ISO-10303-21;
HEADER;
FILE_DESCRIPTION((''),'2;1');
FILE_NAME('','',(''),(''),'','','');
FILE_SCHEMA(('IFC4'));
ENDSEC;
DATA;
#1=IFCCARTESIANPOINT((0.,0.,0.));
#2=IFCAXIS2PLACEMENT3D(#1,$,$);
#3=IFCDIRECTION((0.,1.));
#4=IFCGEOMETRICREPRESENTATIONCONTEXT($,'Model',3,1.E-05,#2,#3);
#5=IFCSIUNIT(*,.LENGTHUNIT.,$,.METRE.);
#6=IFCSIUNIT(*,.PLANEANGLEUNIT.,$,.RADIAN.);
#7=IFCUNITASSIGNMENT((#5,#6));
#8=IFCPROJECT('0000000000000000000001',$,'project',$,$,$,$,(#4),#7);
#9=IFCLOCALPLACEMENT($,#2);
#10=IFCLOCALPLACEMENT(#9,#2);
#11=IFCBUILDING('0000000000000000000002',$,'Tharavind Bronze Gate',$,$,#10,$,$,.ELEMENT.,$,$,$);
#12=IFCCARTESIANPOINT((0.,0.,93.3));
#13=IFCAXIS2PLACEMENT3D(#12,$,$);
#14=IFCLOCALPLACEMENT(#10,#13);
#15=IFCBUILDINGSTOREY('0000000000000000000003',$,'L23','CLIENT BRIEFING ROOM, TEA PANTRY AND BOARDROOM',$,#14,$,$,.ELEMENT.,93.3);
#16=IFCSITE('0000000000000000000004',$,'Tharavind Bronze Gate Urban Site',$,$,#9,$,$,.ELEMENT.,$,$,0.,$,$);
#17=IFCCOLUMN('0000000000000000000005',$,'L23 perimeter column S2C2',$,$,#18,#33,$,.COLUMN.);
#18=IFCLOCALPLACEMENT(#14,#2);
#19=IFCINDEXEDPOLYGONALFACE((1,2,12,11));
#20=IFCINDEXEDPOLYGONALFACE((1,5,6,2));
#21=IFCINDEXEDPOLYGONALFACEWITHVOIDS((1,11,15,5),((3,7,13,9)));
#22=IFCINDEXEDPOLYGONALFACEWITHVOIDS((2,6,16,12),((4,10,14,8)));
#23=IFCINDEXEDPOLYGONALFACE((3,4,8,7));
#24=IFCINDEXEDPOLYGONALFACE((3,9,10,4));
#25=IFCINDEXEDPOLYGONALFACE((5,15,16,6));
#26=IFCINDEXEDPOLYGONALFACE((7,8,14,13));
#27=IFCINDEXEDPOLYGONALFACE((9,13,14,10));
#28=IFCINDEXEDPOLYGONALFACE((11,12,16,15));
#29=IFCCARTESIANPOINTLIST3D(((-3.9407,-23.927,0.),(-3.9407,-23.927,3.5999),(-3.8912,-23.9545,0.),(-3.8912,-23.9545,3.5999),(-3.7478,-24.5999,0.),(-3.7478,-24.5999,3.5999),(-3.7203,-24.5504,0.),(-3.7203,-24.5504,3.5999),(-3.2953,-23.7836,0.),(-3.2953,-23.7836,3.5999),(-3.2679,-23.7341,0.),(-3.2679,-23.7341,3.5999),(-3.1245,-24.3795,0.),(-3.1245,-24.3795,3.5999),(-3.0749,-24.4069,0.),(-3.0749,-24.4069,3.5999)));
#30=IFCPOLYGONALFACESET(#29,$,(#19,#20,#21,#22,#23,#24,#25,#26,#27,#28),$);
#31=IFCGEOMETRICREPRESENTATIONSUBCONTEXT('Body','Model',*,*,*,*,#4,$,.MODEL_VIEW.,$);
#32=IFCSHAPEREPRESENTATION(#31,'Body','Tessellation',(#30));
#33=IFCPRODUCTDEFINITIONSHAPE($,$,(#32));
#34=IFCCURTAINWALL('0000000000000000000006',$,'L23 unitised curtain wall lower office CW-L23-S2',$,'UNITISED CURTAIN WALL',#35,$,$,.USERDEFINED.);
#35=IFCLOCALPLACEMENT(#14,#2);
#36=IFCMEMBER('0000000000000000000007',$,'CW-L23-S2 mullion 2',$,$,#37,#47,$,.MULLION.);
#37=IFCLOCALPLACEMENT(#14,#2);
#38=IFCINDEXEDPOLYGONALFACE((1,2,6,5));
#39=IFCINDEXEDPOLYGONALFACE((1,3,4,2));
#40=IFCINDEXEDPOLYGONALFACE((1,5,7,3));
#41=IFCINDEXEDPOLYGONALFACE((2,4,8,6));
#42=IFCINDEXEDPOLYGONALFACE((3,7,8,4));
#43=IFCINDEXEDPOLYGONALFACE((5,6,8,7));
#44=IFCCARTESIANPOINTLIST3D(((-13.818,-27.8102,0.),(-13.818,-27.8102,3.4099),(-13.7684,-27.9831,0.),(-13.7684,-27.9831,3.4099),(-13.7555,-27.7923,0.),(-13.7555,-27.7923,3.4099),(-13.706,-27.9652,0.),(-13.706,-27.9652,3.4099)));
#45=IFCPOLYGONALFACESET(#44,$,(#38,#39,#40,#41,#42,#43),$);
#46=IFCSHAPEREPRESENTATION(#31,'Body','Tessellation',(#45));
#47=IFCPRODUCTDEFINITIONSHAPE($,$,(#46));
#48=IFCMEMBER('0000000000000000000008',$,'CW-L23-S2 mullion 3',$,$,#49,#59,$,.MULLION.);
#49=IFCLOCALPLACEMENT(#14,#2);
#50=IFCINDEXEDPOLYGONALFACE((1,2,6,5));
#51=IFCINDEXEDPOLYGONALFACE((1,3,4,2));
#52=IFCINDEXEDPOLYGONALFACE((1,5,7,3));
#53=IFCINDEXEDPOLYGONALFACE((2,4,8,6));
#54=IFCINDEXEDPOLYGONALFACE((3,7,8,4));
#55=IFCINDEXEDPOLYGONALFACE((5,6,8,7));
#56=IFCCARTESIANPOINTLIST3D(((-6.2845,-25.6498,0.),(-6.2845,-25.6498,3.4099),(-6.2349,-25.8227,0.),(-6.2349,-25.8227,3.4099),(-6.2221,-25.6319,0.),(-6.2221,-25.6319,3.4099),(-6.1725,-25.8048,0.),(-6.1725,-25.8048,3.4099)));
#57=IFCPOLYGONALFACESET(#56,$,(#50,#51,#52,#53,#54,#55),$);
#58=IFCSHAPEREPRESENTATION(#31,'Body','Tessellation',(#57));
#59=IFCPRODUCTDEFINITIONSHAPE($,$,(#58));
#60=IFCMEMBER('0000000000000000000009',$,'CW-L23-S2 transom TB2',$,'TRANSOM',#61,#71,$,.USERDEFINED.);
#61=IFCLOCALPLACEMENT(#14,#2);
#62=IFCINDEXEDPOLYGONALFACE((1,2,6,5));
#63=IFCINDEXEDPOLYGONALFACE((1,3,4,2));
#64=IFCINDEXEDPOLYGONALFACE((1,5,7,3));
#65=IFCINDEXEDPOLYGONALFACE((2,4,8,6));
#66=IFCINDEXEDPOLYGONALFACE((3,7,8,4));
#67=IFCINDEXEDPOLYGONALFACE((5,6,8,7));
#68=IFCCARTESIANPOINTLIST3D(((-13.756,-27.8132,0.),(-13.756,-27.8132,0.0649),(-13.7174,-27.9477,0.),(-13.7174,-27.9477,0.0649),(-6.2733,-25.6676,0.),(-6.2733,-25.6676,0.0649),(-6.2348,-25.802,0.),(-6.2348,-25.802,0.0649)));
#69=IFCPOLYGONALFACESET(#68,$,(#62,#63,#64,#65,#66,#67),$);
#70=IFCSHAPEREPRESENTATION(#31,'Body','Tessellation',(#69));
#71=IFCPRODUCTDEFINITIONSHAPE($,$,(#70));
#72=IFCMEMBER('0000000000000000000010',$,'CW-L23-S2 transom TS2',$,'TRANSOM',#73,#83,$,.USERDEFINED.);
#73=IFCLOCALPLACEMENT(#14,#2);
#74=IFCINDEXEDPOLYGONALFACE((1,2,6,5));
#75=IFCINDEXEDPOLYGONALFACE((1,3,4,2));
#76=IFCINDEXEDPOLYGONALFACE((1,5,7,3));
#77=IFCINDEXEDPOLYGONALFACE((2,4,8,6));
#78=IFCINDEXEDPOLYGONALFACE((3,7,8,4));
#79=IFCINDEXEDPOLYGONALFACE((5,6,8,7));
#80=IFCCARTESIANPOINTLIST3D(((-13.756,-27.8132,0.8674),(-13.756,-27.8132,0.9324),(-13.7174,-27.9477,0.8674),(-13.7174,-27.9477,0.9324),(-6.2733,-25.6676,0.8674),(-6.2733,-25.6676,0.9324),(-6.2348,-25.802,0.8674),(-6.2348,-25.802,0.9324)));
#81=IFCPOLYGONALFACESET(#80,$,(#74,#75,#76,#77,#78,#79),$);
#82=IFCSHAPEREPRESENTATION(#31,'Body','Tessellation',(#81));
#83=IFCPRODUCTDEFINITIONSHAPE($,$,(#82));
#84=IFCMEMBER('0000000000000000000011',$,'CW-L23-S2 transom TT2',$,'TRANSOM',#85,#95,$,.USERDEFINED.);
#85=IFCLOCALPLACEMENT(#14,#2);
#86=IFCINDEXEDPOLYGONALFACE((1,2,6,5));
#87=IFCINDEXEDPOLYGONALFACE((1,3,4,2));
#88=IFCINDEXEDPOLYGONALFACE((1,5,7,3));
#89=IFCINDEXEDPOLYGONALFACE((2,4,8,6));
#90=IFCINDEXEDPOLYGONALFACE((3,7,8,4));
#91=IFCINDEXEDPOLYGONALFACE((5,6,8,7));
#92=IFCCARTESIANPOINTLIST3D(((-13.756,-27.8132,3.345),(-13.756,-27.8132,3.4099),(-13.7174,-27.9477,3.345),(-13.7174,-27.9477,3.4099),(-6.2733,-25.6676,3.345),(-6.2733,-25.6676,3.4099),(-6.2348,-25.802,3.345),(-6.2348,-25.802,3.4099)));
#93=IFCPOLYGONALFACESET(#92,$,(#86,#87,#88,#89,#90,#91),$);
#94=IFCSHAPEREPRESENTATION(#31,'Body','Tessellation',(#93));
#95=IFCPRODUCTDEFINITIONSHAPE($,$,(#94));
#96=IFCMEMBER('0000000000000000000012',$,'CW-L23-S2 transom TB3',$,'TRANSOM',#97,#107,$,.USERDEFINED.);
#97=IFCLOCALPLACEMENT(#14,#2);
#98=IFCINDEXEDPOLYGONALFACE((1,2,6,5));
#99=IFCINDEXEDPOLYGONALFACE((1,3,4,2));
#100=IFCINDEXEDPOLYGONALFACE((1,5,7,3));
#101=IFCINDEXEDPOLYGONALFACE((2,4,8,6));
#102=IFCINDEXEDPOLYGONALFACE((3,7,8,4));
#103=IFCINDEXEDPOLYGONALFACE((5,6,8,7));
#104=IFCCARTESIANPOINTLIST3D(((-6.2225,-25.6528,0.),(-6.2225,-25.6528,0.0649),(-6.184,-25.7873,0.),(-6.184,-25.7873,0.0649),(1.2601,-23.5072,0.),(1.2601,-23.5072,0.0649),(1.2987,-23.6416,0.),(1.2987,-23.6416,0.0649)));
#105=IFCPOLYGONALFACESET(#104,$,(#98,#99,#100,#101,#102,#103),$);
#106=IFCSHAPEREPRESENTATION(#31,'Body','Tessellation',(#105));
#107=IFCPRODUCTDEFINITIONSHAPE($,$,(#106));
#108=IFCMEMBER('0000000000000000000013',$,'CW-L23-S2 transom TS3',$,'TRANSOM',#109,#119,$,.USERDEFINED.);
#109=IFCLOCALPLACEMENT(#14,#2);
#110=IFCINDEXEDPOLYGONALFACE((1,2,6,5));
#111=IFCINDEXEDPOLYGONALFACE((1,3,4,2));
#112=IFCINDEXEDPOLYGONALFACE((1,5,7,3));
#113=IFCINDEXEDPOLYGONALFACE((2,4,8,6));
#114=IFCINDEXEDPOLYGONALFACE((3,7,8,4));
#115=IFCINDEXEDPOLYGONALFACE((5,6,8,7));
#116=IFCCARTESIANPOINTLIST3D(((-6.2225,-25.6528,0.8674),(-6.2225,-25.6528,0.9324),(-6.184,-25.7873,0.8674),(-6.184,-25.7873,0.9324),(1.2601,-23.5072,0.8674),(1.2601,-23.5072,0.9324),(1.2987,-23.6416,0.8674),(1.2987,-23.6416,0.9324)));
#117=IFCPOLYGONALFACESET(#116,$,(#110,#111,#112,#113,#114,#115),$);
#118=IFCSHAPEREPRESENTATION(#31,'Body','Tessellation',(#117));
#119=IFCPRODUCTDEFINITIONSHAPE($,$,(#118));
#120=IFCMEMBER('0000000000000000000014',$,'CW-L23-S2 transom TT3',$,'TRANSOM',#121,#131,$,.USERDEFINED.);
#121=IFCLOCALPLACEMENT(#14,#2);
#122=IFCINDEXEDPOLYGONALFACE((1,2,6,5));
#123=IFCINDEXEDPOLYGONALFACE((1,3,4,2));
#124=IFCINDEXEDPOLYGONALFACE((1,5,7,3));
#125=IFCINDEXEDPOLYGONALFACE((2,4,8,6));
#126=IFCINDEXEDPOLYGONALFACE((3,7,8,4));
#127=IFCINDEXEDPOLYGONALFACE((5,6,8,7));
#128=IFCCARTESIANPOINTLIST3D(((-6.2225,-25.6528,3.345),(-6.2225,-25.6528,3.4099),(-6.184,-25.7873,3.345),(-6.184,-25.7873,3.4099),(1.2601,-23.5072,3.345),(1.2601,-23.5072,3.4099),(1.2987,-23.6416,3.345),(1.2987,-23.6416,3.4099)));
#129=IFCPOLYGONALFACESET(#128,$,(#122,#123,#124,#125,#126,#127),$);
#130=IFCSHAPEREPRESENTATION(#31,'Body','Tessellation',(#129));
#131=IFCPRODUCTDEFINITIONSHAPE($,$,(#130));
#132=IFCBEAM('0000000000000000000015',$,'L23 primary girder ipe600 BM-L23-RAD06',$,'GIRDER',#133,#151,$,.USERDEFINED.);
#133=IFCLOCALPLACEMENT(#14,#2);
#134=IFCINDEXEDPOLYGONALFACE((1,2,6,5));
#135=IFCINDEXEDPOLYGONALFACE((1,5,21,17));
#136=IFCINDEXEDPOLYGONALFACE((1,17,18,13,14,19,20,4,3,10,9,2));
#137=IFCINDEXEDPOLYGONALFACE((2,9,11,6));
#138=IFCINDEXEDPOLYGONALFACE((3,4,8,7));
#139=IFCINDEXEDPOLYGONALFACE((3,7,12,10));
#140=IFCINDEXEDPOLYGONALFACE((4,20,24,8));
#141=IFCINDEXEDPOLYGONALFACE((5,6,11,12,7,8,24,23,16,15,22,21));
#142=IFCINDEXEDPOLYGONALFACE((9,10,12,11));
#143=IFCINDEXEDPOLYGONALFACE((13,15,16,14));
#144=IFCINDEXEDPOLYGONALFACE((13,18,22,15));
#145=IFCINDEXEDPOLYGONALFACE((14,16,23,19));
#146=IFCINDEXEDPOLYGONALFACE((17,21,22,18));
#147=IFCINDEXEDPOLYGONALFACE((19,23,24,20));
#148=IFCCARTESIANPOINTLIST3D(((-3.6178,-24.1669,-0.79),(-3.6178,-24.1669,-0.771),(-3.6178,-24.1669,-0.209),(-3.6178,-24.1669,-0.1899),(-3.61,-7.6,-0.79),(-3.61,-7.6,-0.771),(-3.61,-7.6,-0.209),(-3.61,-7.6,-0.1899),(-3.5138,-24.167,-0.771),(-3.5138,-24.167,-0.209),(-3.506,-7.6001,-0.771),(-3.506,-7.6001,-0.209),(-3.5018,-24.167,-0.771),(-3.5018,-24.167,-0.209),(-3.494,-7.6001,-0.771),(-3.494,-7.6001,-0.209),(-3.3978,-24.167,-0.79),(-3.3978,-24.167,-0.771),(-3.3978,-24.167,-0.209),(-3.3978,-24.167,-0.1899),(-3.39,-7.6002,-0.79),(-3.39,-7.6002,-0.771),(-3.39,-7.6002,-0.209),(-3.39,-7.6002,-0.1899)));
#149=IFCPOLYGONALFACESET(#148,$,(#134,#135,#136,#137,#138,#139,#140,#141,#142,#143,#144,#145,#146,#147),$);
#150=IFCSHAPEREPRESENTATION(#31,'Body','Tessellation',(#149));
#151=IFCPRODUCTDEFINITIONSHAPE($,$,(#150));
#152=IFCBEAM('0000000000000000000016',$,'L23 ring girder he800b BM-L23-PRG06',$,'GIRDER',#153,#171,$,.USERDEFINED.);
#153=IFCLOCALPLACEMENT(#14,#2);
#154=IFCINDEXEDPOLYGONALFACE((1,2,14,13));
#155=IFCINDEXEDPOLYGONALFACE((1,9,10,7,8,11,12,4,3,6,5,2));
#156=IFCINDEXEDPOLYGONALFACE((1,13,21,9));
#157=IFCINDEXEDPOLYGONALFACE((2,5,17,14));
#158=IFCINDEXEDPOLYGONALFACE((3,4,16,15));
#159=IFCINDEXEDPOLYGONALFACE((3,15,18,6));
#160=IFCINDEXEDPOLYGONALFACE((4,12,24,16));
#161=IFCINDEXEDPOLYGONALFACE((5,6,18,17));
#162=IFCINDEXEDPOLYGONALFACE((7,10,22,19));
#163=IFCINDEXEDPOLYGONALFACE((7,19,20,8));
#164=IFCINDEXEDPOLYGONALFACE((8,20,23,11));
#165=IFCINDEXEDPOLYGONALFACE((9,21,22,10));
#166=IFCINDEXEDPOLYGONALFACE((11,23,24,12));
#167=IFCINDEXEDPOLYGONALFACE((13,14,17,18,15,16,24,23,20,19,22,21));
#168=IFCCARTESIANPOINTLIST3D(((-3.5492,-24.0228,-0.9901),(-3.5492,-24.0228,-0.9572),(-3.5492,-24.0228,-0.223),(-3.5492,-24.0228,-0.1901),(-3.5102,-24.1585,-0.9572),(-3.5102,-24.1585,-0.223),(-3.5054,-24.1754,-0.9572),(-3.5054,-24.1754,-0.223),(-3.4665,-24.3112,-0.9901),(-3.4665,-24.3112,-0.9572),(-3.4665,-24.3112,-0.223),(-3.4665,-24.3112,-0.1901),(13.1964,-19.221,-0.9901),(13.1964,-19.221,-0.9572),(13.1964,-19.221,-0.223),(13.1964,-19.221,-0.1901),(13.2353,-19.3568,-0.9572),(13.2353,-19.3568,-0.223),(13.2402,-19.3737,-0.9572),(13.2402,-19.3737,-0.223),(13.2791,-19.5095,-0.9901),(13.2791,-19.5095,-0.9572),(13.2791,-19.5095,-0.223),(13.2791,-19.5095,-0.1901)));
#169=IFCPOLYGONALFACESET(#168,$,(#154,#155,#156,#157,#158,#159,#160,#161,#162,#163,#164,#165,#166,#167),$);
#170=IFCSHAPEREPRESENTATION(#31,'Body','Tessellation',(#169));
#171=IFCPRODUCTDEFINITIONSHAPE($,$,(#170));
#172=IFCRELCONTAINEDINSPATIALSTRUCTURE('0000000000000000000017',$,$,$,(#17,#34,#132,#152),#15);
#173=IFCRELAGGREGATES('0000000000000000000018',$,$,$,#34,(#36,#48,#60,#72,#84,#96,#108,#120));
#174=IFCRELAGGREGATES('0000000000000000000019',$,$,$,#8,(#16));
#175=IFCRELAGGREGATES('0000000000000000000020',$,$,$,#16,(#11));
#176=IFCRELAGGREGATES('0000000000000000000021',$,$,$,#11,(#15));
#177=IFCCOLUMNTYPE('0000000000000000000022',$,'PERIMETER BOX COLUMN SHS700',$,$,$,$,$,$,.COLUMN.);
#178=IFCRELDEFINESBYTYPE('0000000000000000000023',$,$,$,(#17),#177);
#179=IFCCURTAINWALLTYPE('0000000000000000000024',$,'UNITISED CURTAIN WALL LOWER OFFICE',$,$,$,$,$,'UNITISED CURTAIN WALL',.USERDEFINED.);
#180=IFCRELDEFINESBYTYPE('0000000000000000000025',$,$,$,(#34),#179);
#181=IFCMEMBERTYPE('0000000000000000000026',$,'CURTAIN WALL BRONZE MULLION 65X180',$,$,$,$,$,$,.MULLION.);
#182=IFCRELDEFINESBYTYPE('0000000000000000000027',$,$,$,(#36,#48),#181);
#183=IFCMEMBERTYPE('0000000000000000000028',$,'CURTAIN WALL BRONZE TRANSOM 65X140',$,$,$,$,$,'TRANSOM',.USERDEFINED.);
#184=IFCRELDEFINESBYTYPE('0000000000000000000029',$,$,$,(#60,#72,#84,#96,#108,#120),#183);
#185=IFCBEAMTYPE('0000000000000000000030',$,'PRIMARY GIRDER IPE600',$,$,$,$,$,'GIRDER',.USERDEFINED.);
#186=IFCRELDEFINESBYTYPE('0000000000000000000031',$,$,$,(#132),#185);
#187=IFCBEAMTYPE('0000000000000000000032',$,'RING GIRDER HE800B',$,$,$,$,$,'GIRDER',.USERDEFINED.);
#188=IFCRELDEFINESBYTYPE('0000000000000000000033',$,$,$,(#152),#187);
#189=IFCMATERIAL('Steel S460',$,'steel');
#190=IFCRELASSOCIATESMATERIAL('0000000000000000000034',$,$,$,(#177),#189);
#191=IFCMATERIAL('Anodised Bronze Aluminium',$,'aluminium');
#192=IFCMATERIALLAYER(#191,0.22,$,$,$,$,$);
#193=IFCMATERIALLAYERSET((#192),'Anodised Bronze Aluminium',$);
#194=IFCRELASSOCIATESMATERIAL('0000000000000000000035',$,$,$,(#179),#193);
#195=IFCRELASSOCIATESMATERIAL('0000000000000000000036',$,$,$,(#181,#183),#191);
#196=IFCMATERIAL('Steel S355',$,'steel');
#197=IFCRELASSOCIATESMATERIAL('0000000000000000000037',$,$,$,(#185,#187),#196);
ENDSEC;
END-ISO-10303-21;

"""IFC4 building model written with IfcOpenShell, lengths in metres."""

from ifc_helpers import new_model, si_unit, direction, frame, origin, origin_2d, place, context, subcontext, project, spatial, rectangle, hollow_rectangle, i_section, extrude, material, layer, layer_set, material_profile, profile_set, type_object, element, aggregate, save


model = new_model("IFC4")

# Units and contexts
model_context = context("Model", 3, precision=1e-05, world=origin(), true_north=direction((0.0, 1.0)))
body_context = subcontext(model_context, "Body", "Model", "MODEL_VIEW")
ifc_project = project(units=[si_unit("LENGTHUNIT", "METRE"), si_unit("PLANEANGLEUNIT", "RADIAN")], contexts=[model_context])

# Site, building, storey
site_placement = place(None, origin())
site = spatial("IfcSite", under=ifc_project, at=site_placement, Name="Tharavind Bronze Gate Urban Site", CompositionType="ELEMENT", RefElevation=0.0)
building_placement = place(site_placement, origin())
building = spatial("IfcBuilding", under=site, at=building_placement, Name="Tharavind Bronze Gate", CompositionType="ELEMENT")
storey_placement = place(building_placement, frame((0.0, 0.0, 93.3)))
storey = spatial("IfcBuildingStorey", under=building, at=storey_placement, Name="L23", Description="CLIENT BRIEFING ROOM, TEA PANTRY AND BOARDROOM", CompositionType="ELEMENT", Elevation=93.3)

# Column
ifc_material_1 = material(Name="Steel S460", Category="steel")
ifc_material_profile_1 = material_profile(ifc_material_1, hollow_rectangle(XDim=0.7, YDim=0.7, WallThickness=0.04, at=origin_2d()), Name="SHS700X40")
ifc_profile_set_1 = profile_set([ifc_material_profile_1], Name="Steel S460")
column_type = type_object("IfcColumnType", Name="PERIMETER BOX COLUMN SHS700", PredefinedType="COLUMN", material=ifc_profile_set_1)
column_placement = place(storey_placement, frame((-3.5078, -24.167, 0.0), z_axis=(0.0, 0.0, 1.0), x_axis=(0.961262, 0.275637, 0.0)))
element("IfcColumn", 1, at=column_placement, inside=storey, type_object=column_type, Name="L23 perimeter column S2C2", PredefinedType="COLUMN", context=body_context, shape_type="SweptSolid", body=[
    extrude(hollow_rectangle(XDim=0.7, YDim=0.7, WallThickness=0.04, at=origin_2d()), origin(), (0.0, 0.0, 1.0), 3.5999),
])

# Curtain wall, members
ifc_material_2 = material(Name="Anodised Bronze Aluminium", Category="aluminium")
ifc_layer_1 = layer(ifc_material_2, 0.22)
ifc_layer_set_1 = layer_set([ifc_layer_1], Name="Anodised Bronze Aluminium")
curtain_wall_type = type_object("IfcCurtainWallType", Name="UNITISED CURTAIN WALL LOWER OFFICE", ElementType="UNITISED CURTAIN WALL", PredefinedType="USERDEFINED", material=ifc_layer_set_1)
curtain_wall_placement = place(storey_placement, origin())
curtain_wall = element("IfcCurtainWall", 2, at=curtain_wall_placement, inside=storey, type_object=curtain_wall_type, Name="L23 unitised curtain wall lower office CW-L23-S2", ObjectType="UNITISED CURTAIN WALL", PredefinedType="USERDEFINED")
member_type_1 = type_object("IfcMemberType", Name="CURTAIN WALL BRONZE MULLION 65X180", PredefinedType="MULLION", material=ifc_material_2)
member_1_placement = place(storey_placement, frame((-13.762, -27.8877, 0.0), z_axis=(0.0, 0.0, 1.0), x_axis=(0.961262, 0.275637, 0.0)))
member_1 = element("IfcMember", 3, at=member_1_placement, type_object=member_type_1, Name="CW-L23-S2 mullion 2", PredefinedType="MULLION", context=body_context, shape_type="SweptSolid", body=[
    extrude(rectangle(XDim=0.0649, YDim=0.1799, at=origin_2d()), origin(), (0.0, 0.0, 1.0), 3.4099),
])
member_2_placement = place(storey_placement, frame((-6.2285, -25.7273, 0.0), z_axis=(0.0, 0.0, 1.0), x_axis=(0.961262, 0.275637, 0.0)))
member_2 = element("IfcMember", 4, at=member_2_placement, type_object=member_type_1, Name="CW-L23-S2 mullion 3", PredefinedType="MULLION", context=body_context, shape_type="SweptSolid", body=[
    extrude(rectangle(XDim=0.0649, YDim=0.1799, at=origin_2d()), origin(), (0.0, 0.0, 1.0), 3.4099),
])
member_type_2 = type_object("IfcMemberType", Name="CURTAIN WALL BRONZE TRANSOM 65X140", ElementType="TRANSOM", PredefinedType="USERDEFINED", material=ifc_material_2)
member_3_placement = place(storey_placement, frame((-9.9954, -26.8076, 0.0), z_axis=(0.0, 0.0, 1.0), x_axis=(0.961262, 0.275637, 0.0)))
member_3 = element("IfcMember", 5, at=member_3_placement, type_object=member_type_2, Name="CW-L23-S2 transom TB2", ObjectType="TRANSOM", PredefinedType="USERDEFINED", context=body_context, shape_type="SweptSolid", body=[
    extrude(rectangle(XDim=7.7842, YDim=0.1399, at=origin_2d()), origin(), (0.0, 0.0, 1.0), 0.0649),
])
member_4_placement = place(storey_placement, frame((-9.9954, -26.8076, 0.8674), z_axis=(0.0, 0.0, 1.0), x_axis=(0.961262, 0.275637, 0.0)))
member_4 = element("IfcMember", 6, at=member_4_placement, type_object=member_type_2, Name="CW-L23-S2 transom TS2", ObjectType="TRANSOM", PredefinedType="USERDEFINED", context=body_context, shape_type="SweptSolid", body=[
    extrude(rectangle(XDim=7.7842, YDim=0.1399, at=origin_2d()), origin(), (0.0, 0.0, 1.0), 0.0649),
])
member_5_placement = place(storey_placement, frame((-9.9954, -26.8076, 3.345), z_axis=(0.0, 0.0, 1.0), x_axis=(0.961262, 0.275637, 0.0)))
member_5 = element("IfcMember", 7, at=member_5_placement, type_object=member_type_2, Name="CW-L23-S2 transom TT2", ObjectType="TRANSOM", PredefinedType="USERDEFINED", context=body_context, shape_type="SweptSolid", body=[
    extrude(rectangle(XDim=7.7842, YDim=0.1399, at=origin_2d()), origin(), (0.0, 0.0, 1.0), 0.0649),
])
member_6_placement = place(storey_placement, frame((-2.4619, -24.6472, 0.0), z_axis=(0.0, 0.0, 1.0), x_axis=(0.961262, 0.275637, 0.0)))
member_6 = element("IfcMember", 8, at=member_6_placement, type_object=member_type_2, Name="CW-L23-S2 transom TB3", ObjectType="TRANSOM", PredefinedType="USERDEFINED", context=body_context, shape_type="SweptSolid", body=[
    extrude(rectangle(XDim=7.7842, YDim=0.1399, at=origin_2d()), origin(), (0.0, 0.0, 1.0), 0.0649),
])
member_7_placement = place(storey_placement, frame((-2.4619, -24.6472, 0.8674), z_axis=(0.0, 0.0, 1.0), x_axis=(0.961262, 0.275637, 0.0)))
member_7 = element("IfcMember", 9, at=member_7_placement, type_object=member_type_2, Name="CW-L23-S2 transom TS3", ObjectType="TRANSOM", PredefinedType="USERDEFINED", context=body_context, shape_type="SweptSolid", body=[
    extrude(rectangle(XDim=7.7842, YDim=0.1399, at=origin_2d()), origin(), (0.0, 0.0, 1.0), 0.0649),
])
member_8_placement = place(storey_placement, frame((-2.4619, -24.6472, 3.345), z_axis=(0.0, 0.0, 1.0), x_axis=(0.961262, 0.275637, 0.0)))
member_8 = element("IfcMember", 10, at=member_8_placement, type_object=member_type_2, Name="CW-L23-S2 transom TT3", ObjectType="TRANSOM", PredefinedType="USERDEFINED", context=body_context, shape_type="SweptSolid", body=[
    extrude(rectangle(XDim=7.7842, YDim=0.1399, at=origin_2d()), origin(), (0.0, 0.0, 1.0), 0.0649),
])

# Beams
ifc_material_3 = material(Name="Steel S355", Category="steel")
ifc_material_profile_2 = material_profile(ifc_material_3, i_section(OverallWidth=0.22, OverallDepth=0.6001, WebThickness=0.012, FlangeThickness=0.019, at=origin_2d()), Name="IPE600")
ifc_profile_set_2 = profile_set([ifc_material_profile_2], Name="Steel S355")
beam_type_1 = type_object("IfcBeamType", Name="PRIMARY GIRDER IPE600", ElementType="GIRDER", PredefinedType="USERDEFINED", material=ifc_profile_set_2)
beam_1_placement = place(storey_placement, frame((-3.5078, -24.167, -0.49), z_axis=(0.000472, 1.0, 0.0), x_axis=(-1.0, 0.000472, 0.0)))
element("IfcBeam", 11, at=beam_1_placement, inside=storey, type_object=beam_type_1, Name="L23 primary girder ipe600 BM-L23-RAD06", ObjectType="GIRDER", PredefinedType="USERDEFINED", context=body_context, shape_type="SweptSolid", body=[
    extrude(i_section(OverallWidth=0.22, OverallDepth=0.6001, WebThickness=0.012, FlangeThickness=0.019, at=origin_2d()), origin(), (0.0, 0.0, 1.0), 16.5669),
])
ifc_material_profile_3 = material_profile(ifc_material_3, i_section(OverallWidth=0.3, OverallDepth=0.8, WebThickness=0.0176, FlangeThickness=0.033, at=origin_2d()), Name="HE800B")
ifc_profile_set_3 = profile_set([ifc_material_profile_3], Name="Steel S355")
beam_type_2 = type_object("IfcBeamType", Name="RING GIRDER HE800B", ElementType="GIRDER", PredefinedType="USERDEFINED", material=ifc_profile_set_3)
beam_2_placement = place(storey_placement, frame((-3.5078, -24.167, -0.5901), z_axis=(0.961261, 0.275639, 0.0), x_axis=(-0.275639, 0.961261, 0.0)))
element("IfcBeam", 12, at=beam_2_placement, inside=storey, type_object=beam_type_2, Name="L23 ring girder he800b BM-L23-PRG06", ObjectType="GIRDER", PredefinedType="USERDEFINED", context=body_context, shape_type="SweptSolid", body=[
    extrude(i_section(OverallWidth=0.3, OverallDepth=0.8, WebThickness=0.0176, FlangeThickness=0.033, at=origin_2d()), origin(), (0.0, 0.0, 1.0), 17.4204),
])

aggregate(curtain_wall, [member_1, member_2, member_3, member_4, member_5, member_6, member_7, member_8])

save(model, "model.ifc")
